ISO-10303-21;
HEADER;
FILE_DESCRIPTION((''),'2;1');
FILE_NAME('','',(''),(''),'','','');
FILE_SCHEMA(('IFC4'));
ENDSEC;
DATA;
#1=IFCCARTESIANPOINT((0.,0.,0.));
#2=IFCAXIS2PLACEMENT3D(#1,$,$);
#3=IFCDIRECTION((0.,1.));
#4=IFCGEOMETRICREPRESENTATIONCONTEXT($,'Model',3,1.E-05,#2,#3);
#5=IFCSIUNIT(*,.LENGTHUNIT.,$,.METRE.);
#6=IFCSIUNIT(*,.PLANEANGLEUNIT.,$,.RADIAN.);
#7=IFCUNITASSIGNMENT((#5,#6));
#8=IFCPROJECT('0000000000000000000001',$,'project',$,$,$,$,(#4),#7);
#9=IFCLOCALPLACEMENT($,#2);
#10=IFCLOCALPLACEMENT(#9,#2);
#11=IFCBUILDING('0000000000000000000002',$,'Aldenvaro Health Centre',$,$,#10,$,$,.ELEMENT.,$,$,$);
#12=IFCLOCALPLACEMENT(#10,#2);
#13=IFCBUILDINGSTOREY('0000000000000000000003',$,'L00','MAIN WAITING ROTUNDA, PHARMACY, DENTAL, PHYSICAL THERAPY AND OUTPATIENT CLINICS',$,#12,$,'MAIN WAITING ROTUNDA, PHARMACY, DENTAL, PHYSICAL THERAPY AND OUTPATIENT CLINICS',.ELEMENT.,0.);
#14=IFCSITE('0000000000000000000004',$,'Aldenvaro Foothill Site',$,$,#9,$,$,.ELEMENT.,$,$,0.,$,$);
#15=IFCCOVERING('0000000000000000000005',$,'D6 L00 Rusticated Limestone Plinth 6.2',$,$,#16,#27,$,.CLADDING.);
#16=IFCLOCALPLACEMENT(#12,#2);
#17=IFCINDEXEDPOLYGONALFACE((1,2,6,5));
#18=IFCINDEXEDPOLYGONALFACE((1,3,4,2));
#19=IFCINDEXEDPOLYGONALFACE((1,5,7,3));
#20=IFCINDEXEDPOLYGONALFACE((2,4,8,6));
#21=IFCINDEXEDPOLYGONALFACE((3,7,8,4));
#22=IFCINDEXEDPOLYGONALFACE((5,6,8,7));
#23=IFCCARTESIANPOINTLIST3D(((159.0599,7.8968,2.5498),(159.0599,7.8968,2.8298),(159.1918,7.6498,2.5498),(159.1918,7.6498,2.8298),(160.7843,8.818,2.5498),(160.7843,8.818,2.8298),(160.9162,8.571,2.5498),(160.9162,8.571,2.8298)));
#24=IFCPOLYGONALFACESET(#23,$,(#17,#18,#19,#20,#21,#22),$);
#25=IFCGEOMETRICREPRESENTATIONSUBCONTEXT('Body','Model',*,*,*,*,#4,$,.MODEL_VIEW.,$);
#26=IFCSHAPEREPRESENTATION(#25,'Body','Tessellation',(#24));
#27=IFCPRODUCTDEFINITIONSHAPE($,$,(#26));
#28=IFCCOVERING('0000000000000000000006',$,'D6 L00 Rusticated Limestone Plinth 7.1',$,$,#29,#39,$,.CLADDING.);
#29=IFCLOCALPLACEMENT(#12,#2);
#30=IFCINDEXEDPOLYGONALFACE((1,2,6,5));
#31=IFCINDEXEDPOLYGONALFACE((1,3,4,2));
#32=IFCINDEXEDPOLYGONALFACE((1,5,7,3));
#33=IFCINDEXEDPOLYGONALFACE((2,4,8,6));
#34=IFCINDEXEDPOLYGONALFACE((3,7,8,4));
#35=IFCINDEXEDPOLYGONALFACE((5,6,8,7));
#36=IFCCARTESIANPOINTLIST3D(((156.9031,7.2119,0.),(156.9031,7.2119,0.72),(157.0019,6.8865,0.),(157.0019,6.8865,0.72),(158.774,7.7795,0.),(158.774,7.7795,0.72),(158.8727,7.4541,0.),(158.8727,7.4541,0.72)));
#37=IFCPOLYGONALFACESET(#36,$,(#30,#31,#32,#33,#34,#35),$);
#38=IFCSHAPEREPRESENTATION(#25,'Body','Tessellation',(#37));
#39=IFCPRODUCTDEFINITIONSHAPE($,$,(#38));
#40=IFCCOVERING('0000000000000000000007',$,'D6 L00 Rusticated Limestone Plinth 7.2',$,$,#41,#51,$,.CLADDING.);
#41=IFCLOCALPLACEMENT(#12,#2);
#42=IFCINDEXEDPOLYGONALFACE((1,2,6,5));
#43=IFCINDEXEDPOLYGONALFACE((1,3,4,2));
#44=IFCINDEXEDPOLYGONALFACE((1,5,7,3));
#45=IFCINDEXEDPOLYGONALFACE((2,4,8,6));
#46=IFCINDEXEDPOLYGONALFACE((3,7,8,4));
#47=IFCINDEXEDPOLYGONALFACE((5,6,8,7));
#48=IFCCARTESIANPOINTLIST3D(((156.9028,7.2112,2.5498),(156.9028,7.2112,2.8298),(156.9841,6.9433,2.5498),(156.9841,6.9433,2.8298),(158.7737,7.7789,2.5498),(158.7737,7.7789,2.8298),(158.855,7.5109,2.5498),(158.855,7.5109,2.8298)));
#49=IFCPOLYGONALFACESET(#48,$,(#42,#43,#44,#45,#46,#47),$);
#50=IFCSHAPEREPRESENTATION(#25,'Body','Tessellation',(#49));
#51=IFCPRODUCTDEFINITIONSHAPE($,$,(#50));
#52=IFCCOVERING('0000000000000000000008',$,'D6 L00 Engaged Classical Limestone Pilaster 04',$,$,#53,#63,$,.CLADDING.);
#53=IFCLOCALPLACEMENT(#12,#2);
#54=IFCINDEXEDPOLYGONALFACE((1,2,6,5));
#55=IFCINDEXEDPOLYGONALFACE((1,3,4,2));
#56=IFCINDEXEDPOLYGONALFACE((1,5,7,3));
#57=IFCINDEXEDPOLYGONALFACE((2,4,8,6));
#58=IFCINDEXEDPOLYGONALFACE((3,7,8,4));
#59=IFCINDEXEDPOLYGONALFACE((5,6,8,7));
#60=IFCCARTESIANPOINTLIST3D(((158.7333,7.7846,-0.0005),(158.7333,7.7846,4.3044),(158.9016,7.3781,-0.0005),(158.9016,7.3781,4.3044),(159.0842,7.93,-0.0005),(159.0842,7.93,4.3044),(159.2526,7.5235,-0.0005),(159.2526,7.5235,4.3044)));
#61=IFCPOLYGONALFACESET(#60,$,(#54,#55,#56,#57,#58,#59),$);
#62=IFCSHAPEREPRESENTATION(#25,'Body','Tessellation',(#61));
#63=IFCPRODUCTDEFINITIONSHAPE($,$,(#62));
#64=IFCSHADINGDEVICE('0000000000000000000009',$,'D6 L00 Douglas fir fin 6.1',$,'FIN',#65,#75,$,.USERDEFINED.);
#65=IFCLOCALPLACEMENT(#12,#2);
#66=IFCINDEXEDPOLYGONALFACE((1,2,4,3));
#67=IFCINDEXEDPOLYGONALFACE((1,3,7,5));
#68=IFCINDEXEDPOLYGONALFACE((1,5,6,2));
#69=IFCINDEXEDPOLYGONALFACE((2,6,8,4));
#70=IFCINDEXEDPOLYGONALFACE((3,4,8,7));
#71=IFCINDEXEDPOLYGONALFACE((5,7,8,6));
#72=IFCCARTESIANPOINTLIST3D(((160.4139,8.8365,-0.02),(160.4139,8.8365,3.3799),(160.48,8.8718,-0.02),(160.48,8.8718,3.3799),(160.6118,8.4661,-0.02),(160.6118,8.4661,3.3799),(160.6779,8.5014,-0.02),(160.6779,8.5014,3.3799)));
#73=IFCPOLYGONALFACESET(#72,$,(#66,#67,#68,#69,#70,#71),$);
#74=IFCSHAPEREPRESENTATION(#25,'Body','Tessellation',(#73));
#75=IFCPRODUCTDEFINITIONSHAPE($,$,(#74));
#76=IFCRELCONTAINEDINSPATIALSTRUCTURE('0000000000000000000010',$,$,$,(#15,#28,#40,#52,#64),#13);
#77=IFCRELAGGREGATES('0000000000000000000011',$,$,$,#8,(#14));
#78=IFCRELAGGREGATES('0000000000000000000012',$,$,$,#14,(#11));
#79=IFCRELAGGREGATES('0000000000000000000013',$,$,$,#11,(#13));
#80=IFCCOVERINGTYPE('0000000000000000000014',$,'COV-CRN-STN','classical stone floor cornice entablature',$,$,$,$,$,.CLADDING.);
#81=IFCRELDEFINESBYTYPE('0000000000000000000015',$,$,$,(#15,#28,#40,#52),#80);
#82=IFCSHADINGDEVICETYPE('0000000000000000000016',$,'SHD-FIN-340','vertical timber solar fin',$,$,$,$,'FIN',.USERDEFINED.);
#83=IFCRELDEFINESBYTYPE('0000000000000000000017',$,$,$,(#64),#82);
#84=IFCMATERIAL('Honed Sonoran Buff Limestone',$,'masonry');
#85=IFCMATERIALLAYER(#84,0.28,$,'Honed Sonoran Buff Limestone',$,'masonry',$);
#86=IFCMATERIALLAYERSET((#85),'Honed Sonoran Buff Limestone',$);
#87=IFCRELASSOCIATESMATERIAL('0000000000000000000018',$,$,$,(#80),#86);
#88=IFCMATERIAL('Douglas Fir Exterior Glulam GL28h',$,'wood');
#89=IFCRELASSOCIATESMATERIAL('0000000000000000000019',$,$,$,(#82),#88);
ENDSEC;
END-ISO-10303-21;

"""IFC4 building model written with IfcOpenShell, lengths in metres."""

from ifc_helpers import new_model, si_unit, direction, frame, origin, origin_2d, place, context, subcontext, project, spatial, rectangle, extrude, material, layer, layer_set, type_object, element, save


model = new_model("IFC4")

# Units and contexts
model_context = context("Model", 3, precision=1e-05, world=origin(), true_north=direction((0.0, 1.0)))
body_context = subcontext(model_context, "Body", "Model", "MODEL_VIEW")
ifc_project = project(units=[si_unit("LENGTHUNIT", "METRE"), si_unit("PLANEANGLEUNIT", "RADIAN")], contexts=[model_context])

# Site, building, storey
site_placement = place(None, origin())
site = spatial("IfcSite", under=ifc_project, at=site_placement, Name="Aldenvaro Foothill Site", CompositionType="ELEMENT", RefElevation=0.0)
building_placement = place(site_placement, origin())
building = spatial("IfcBuilding", under=site, at=building_placement, Name="Aldenvaro Health Centre", CompositionType="ELEMENT")
storey_placement = place(building_placement, origin())
storey = spatial("IfcBuildingStorey", under=building, at=storey_placement, Name="L00", Description="MAIN WAITING ROTUNDA, PHARMACY, DENTAL, PHYSICAL THERAPY AND OUTPATIENT CLINICS", LongName="MAIN WAITING ROTUNDA, PHARMACY, DENTAL, PHYSICAL THERAPY AND OUTPATIENT CLINICS", CompositionType="ELEMENT", Elevation=0.0)

# Coverings
ifc_material_1 = material(Name="Honed Sonoran Buff Limestone", Category="masonry")
ifc_layer_1 = layer(ifc_material_1, 0.28, Name="Honed Sonoran Buff Limestone", Category="masonry")
ifc_layer_set_1 = layer_set([ifc_layer_1], Name="Honed Sonoran Buff Limestone")
covering_type = type_object("IfcCoveringType", Name="COV-CRN-STN", Description="classical stone floor cornice entablature", PredefinedType="CLADDING", material=ifc_layer_set_1)
covering_1_placement = place(storey_placement, frame((159.988, 8.2339, 2.5498), z_axis=(0.0, 0.0, 1.0), x_axis=(-0.882018, -0.471215, 0.0)))
element("IfcCovering", 1, at=covering_1_placement, inside=storey, type_object=covering_type, Name="D6 L00 Rusticated Limestone Plinth 6.2", PredefinedType="CLADDING", context=body_context, shape_type="SweptSolid", body=[
    extrude(rectangle(XDim=1.9551, YDim=0.28, at=origin_2d()), origin(), (0.0, 0.0, 1.0), 0.28),
])
covering_2_placement = place(storey_placement, frame((157.8879, 7.333, 0.0), z_axis=(0.0, 0.0, 1.0), x_axis=(-0.956923, -0.290343, 0.0)))
element("IfcCovering", 2, at=covering_2_placement, inside=storey, type_object=covering_type, Name="D6 L00 Rusticated Limestone Plinth 7.1", PredefinedType="CLADDING", context=body_context, shape_type="SweptSolid", body=[
    extrude(rectangle(XDim=1.9551, YDim=0.3401, at=origin_2d()), origin(), (0.0, 0.0, 1.0), 0.72),
])
covering_3_placement = place(storey_placement, frame((157.8789, 7.3611, 2.5498), z_axis=(0.0, 0.0, 1.0), x_axis=(-0.956923, -0.290343, 0.0)))
element("IfcCovering", 3, at=covering_3_placement, inside=storey, type_object=covering_type, Name="D6 L00 Rusticated Limestone Plinth 7.2", PredefinedType="CLADDING", context=body_context, shape_type="SweptSolid", body=[
    extrude(rectangle(XDim=1.9551, YDim=0.28, at=origin_2d()), origin(), (0.0, 0.0, 1.0), 0.28),
])
covering_4_placement = place(storey_placement, frame((158.9929, 7.6541, -0.0005), z_axis=(0.0, 0.0, 1.0), x_axis=(0.382721, -0.923864, 0.0)))
element("IfcCovering", 4, at=covering_4_placement, inside=storey, type_object=covering_type, Name="D6 L00 Engaged Classical Limestone Pilaster 04", PredefinedType="CLADDING", context=body_context, shape_type="SweptSolid", body=[
    extrude(rectangle(XDim=0.4399, YDim=0.3799, at=origin_2d()), origin(), (0.0, 0.0, 1.0), 4.3049),
])

# Shading device
ifc_material_2 = material(Name="Douglas Fir Exterior Glulam GL28h", Category="wood")
shading_device_type = type_object("IfcShadingDeviceType", Name="SHD-FIN-340", Description="vertical timber solar fin", ElementType="FIN", PredefinedType="USERDEFINED", material=ifc_material_2)
shading_device_placement = place(storey_placement, frame((160.5459, 8.6689, -0.02), z_axis=(0.0, 0.0, 1.0), x_axis=(-0.882018, -0.471215, 0.0)))
element("IfcShadingDevice", 5, at=shading_device_placement, inside=storey, type_object=shading_device_type, Name="D6 L00 Douglas fir fin 6.1", ObjectType="FIN", PredefinedType="USERDEFINED", context=body_context, shape_type="SweptSolid", body=[
    extrude(rectangle(XDim=0.075, YDim=0.4199, at=origin_2d()), origin(), (0.0, 0.0, 1.0), 3.3999),
])

save(model, "model.ifc")
